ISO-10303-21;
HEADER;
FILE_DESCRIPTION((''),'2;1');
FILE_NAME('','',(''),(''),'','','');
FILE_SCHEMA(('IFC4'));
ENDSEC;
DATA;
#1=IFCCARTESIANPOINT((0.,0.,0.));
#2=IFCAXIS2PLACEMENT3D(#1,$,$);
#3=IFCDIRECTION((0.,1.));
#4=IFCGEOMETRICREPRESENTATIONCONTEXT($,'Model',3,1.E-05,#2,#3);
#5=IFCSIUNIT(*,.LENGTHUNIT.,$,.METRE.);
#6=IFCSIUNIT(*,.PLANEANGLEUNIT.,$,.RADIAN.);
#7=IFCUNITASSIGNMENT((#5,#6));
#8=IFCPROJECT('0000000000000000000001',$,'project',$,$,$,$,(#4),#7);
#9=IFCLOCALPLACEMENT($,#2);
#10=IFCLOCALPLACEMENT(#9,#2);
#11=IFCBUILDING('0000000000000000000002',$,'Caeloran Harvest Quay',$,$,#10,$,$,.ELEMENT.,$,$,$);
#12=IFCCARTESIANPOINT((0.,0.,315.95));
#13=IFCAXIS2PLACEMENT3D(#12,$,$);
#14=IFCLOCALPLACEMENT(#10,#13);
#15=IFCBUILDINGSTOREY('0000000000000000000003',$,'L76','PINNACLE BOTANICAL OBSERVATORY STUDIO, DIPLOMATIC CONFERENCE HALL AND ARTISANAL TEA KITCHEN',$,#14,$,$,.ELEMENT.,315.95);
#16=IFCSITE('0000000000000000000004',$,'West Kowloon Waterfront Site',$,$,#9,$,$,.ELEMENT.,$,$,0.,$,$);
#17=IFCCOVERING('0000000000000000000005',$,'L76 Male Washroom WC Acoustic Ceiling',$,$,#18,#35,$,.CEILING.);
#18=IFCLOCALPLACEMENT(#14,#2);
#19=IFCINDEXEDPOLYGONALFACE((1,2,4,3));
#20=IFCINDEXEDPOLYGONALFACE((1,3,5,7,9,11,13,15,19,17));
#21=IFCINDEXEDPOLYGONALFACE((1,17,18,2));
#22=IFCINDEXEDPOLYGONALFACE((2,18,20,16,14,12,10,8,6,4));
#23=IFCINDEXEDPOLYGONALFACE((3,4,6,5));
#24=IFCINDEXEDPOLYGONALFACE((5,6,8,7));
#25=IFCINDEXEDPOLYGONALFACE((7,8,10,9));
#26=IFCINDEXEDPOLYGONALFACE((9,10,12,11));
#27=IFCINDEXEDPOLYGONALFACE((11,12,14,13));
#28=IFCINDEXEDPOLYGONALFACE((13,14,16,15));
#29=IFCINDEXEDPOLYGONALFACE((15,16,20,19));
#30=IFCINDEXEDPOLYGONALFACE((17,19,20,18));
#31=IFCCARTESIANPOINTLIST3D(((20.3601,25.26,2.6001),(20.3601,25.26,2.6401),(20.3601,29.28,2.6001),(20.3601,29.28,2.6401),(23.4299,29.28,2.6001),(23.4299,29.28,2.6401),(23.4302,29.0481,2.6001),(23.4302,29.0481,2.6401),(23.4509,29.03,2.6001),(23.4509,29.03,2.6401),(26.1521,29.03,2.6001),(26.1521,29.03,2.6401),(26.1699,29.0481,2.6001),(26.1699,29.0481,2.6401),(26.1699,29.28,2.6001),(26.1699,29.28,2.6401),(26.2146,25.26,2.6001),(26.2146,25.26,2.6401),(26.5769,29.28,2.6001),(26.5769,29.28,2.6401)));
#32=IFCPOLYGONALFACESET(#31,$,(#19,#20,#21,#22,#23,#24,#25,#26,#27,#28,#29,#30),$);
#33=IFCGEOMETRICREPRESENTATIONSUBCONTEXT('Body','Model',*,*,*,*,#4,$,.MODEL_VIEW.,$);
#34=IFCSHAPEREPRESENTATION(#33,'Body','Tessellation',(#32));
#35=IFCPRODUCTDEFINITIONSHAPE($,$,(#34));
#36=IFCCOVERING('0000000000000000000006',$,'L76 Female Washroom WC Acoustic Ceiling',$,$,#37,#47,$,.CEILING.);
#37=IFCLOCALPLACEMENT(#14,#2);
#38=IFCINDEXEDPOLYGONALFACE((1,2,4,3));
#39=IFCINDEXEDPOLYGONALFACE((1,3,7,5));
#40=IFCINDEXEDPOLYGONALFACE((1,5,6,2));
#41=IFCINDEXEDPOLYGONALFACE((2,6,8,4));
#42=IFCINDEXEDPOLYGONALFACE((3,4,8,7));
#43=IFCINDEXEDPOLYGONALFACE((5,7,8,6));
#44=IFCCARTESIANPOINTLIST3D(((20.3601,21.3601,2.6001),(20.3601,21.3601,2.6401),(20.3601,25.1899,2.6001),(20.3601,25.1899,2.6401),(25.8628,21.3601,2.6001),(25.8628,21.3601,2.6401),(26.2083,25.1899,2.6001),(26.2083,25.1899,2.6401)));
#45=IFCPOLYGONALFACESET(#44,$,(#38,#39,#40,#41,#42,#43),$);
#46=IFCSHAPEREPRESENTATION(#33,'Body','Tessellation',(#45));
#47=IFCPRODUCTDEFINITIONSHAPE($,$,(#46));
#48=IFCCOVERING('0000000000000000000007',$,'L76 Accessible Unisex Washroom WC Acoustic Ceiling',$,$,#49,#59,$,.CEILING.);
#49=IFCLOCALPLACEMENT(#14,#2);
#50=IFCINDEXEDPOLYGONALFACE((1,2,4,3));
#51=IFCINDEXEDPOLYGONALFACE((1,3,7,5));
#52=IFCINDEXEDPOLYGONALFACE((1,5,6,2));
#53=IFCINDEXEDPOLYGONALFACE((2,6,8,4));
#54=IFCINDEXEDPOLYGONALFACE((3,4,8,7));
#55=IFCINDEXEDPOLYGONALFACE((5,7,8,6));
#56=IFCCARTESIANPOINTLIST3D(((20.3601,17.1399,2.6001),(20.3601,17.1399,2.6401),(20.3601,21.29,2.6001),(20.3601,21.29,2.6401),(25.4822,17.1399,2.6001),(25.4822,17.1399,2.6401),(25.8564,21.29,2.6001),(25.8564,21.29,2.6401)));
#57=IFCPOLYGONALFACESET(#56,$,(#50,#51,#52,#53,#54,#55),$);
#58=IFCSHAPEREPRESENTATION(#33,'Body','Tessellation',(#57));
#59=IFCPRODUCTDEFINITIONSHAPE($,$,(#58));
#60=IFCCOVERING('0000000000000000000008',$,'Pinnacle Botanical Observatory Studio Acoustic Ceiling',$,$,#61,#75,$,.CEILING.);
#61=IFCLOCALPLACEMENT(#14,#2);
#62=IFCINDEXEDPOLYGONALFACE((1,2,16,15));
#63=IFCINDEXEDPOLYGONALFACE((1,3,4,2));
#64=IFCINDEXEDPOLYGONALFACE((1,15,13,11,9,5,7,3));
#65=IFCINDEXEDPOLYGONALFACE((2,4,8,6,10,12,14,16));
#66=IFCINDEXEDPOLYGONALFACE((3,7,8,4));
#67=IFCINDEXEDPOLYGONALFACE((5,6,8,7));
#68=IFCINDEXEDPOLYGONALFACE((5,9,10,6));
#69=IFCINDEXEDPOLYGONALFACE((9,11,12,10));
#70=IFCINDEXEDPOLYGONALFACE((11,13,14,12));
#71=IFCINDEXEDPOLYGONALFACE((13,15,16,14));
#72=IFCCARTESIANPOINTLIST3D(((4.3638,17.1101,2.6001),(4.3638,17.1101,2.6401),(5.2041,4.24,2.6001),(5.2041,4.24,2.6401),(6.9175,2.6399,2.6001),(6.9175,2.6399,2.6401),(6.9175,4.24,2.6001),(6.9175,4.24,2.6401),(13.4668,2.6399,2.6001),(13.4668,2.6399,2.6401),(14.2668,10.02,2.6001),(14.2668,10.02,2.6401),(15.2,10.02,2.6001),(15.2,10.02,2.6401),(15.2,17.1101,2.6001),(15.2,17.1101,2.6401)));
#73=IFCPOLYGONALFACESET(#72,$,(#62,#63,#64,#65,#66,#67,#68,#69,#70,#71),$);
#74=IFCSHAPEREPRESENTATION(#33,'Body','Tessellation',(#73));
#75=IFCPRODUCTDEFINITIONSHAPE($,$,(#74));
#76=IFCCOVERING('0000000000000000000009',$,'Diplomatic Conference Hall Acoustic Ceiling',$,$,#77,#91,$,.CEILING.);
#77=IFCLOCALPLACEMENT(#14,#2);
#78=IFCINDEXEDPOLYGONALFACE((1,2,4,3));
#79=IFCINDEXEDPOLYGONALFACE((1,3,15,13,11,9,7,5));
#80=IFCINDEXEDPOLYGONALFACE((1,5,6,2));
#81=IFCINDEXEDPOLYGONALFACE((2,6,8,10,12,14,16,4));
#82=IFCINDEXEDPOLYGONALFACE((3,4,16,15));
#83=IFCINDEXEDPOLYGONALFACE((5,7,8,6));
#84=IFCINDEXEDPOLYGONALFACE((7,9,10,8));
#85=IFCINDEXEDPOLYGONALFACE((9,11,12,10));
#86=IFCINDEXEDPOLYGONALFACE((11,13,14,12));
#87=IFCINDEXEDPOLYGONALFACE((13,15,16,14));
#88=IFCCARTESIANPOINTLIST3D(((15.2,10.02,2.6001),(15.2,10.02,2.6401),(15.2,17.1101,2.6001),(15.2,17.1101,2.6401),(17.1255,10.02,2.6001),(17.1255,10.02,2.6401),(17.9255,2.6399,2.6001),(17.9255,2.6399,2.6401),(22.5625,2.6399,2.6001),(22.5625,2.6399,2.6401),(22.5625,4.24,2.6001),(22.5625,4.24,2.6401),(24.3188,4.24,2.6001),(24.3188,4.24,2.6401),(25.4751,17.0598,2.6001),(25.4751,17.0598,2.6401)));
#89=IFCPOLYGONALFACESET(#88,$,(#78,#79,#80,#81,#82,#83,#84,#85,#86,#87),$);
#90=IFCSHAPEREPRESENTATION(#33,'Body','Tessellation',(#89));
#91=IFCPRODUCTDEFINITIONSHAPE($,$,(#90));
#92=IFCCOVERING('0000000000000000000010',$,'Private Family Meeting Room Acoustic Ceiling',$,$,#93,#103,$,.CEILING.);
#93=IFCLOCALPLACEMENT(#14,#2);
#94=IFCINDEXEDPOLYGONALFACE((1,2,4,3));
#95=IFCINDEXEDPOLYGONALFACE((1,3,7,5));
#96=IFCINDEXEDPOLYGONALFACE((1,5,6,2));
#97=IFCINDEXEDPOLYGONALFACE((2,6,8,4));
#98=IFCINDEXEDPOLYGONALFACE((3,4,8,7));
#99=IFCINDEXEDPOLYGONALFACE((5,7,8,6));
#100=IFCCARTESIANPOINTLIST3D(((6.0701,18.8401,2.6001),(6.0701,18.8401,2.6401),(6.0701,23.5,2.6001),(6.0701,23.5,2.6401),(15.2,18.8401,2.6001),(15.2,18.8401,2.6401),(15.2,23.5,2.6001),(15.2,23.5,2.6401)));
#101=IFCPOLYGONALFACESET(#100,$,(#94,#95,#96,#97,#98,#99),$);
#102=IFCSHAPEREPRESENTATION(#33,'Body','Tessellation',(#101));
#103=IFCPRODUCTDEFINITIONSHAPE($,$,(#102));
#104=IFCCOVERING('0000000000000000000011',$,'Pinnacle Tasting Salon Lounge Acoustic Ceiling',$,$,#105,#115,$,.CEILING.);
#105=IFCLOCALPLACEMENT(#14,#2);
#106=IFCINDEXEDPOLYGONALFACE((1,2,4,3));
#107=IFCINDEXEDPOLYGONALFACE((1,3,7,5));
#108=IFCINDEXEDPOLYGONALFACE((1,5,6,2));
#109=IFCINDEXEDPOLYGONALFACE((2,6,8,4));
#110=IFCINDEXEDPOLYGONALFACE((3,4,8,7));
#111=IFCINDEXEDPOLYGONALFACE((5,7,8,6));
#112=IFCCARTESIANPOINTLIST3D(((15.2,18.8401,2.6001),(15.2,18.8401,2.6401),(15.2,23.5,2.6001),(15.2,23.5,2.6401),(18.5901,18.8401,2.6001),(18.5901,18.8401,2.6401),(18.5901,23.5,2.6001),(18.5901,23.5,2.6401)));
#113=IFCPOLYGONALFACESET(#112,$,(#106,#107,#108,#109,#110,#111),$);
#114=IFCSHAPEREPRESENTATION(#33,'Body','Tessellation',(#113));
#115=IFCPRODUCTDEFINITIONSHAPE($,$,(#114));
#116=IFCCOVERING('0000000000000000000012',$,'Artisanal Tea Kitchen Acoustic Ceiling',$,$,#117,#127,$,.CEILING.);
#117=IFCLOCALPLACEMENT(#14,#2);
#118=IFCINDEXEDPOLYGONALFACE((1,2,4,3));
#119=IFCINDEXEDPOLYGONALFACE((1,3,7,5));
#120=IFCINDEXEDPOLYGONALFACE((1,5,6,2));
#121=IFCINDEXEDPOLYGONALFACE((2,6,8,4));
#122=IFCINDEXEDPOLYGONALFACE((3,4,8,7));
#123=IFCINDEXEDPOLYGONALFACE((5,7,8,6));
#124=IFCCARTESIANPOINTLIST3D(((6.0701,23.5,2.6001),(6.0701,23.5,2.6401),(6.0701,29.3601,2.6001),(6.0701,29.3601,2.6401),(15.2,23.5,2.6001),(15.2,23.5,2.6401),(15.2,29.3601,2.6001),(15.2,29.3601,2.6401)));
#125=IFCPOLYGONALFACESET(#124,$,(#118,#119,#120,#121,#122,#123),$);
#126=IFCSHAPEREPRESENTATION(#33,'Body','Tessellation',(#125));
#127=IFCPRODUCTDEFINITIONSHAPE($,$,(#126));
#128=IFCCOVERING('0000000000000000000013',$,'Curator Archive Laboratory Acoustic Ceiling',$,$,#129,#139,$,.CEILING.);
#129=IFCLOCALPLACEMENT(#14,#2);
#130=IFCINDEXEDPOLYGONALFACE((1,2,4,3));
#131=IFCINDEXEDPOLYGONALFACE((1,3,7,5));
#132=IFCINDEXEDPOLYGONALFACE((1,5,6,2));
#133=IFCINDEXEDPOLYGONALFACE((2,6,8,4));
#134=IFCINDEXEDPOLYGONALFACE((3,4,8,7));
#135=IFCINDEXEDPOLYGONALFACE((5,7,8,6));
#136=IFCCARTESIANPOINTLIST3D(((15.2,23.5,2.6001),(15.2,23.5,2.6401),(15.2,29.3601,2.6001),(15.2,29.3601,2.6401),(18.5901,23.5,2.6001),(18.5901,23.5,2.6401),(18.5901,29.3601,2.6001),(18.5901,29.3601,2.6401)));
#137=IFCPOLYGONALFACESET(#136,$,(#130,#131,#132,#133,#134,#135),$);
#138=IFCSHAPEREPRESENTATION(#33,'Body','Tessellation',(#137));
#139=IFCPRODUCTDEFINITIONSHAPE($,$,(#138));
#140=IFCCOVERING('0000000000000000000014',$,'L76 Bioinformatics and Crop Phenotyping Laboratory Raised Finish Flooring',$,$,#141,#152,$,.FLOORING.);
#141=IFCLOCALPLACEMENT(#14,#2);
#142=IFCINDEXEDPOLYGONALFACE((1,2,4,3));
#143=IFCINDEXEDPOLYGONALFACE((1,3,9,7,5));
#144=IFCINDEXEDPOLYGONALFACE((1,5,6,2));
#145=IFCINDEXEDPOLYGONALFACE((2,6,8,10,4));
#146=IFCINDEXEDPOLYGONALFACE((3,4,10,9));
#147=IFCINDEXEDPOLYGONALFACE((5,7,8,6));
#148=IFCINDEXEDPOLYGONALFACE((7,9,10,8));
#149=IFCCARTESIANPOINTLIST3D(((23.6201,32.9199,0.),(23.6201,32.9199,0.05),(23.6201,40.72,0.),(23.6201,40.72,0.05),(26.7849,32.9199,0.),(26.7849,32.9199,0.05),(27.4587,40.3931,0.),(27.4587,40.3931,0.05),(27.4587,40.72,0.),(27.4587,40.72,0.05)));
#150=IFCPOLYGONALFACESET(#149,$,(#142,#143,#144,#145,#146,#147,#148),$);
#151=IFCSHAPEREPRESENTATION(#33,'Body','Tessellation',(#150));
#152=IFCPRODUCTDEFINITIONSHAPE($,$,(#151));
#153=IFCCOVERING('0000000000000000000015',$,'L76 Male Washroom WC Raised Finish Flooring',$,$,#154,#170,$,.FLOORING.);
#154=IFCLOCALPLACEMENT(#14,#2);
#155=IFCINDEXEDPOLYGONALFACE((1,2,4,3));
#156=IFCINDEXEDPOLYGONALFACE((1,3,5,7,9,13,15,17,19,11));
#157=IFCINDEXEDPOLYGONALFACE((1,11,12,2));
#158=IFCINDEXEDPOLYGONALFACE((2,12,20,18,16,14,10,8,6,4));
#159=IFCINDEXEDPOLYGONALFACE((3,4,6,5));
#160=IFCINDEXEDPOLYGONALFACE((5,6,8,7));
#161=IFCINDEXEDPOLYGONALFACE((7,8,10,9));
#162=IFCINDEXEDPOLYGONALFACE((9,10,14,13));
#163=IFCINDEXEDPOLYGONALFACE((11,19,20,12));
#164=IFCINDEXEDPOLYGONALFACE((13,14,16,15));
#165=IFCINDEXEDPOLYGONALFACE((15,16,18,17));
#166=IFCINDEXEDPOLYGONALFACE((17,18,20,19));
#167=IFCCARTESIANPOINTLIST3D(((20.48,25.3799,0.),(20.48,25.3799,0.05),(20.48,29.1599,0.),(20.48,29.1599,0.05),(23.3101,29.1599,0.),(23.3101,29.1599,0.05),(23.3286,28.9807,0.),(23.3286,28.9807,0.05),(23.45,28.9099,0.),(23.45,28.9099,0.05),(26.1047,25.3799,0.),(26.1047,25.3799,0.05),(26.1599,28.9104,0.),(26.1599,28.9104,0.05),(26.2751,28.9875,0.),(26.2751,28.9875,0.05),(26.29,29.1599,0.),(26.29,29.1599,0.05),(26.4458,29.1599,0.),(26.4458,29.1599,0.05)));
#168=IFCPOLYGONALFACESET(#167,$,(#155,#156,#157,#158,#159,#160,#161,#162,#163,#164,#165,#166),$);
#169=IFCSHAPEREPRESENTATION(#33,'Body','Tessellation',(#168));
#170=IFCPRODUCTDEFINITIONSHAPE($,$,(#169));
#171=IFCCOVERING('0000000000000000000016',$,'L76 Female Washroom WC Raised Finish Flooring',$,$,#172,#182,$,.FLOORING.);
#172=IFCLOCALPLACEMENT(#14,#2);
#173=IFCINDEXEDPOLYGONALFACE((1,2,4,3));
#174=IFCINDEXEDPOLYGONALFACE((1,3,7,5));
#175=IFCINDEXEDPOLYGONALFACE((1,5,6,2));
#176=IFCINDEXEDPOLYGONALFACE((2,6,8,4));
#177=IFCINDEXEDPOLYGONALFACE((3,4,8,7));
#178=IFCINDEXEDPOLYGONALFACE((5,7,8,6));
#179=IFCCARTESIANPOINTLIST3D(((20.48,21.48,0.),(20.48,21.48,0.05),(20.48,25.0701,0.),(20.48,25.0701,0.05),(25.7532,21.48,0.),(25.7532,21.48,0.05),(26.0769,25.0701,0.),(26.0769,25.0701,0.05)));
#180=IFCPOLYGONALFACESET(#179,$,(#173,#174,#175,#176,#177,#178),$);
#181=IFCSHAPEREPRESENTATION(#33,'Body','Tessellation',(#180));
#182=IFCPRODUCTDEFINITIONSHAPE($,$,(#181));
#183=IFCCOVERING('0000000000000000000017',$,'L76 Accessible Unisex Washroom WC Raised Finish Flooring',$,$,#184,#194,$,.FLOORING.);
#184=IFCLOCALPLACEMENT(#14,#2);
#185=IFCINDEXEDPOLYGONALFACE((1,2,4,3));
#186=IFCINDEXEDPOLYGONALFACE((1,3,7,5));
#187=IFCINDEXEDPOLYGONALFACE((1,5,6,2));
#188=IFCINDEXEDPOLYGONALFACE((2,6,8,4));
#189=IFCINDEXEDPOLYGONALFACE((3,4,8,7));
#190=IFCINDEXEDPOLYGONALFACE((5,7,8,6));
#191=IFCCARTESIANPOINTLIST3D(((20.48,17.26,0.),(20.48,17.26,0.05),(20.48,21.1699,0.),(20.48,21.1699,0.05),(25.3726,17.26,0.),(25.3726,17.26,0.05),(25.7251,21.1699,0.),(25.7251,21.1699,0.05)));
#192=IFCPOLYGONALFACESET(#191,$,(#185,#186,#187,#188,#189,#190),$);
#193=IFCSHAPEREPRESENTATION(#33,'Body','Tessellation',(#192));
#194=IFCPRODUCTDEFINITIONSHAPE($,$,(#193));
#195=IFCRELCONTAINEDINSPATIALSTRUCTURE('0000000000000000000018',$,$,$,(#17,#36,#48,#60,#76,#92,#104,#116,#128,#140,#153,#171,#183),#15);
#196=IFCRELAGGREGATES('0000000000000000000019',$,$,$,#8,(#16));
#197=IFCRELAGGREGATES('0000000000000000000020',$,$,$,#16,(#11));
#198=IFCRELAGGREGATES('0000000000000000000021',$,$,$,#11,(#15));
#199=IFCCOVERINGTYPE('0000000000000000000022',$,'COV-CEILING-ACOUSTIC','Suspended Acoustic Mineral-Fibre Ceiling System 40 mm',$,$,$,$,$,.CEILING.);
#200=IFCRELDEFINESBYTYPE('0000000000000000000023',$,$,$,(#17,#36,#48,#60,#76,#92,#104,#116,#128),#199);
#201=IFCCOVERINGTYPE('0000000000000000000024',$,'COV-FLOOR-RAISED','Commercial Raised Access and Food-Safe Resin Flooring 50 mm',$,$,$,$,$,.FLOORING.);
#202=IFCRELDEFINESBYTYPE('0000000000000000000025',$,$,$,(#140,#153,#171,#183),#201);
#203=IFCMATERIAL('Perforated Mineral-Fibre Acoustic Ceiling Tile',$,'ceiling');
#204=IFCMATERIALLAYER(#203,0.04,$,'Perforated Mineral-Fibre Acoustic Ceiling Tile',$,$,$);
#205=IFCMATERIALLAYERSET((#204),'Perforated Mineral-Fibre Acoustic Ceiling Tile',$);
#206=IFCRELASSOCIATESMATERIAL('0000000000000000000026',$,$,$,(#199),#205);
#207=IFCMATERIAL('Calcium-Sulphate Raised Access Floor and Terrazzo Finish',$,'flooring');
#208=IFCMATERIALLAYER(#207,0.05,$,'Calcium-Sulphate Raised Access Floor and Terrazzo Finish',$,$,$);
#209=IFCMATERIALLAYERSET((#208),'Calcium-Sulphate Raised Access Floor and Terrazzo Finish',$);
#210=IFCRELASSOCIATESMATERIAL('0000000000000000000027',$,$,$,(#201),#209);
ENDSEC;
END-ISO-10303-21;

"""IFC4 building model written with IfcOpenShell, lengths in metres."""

from ifc_helpers import new_model, si_unit, direction, frame, origin, place, context, subcontext, project, spatial, polyline, outline, extrude, material, layer, layer_set, type_object, element, save


model = new_model("IFC4")

# Units and contexts
model_context = context("Model", 3, precision=1e-05, world=origin(), true_north=direction((0.0, 1.0)))
body_context = subcontext(model_context, "Body", "Model", "MODEL_VIEW")
ifc_project = project(units=[si_unit("LENGTHUNIT", "METRE"), si_unit("PLANEANGLEUNIT", "RADIAN")], contexts=[model_context])

# Site, building, storey
site_placement = place(None, origin())
site = spatial("IfcSite", under=ifc_project, at=site_placement, Name="West Kowloon Waterfront Site", CompositionType="ELEMENT", RefElevation=0.0)
building_placement = place(site_placement, origin())
building = spatial("IfcBuilding", under=site, at=building_placement, Name="Caeloran Harvest Quay", CompositionType="ELEMENT")
storey_placement = place(building_placement, frame((0.0, 0.0, 315.95)))
storey = spatial("IfcBuildingStorey", under=building, at=storey_placement, Name="L76", Description="PINNACLE BOTANICAL OBSERVATORY STUDIO, DIPLOMATIC CONFERENCE HALL AND ARTISANAL TEA KITCHEN", CompositionType="ELEMENT", Elevation=315.95)

# Coverings
ifc_material_1 = material(Name="Perforated Mineral-Fibre Acoustic Ceiling Tile", Category="ceiling")
ifc_layer_1 = layer(ifc_material_1, 0.04, Name="Perforated Mineral-Fibre Acoustic Ceiling Tile")
ifc_layer_set_1 = layer_set([ifc_layer_1], Name="Perforated Mineral-Fibre Acoustic Ceiling Tile")
covering_type_1 = type_object("IfcCoveringType", Name="COV-CEILING-ACOUSTIC", Description="Suspended Acoustic Mineral-Fibre Ceiling System 40 mm", PredefinedType="CEILING", material=ifc_layer_set_1)
covering_1_placement = place(storey_placement, frame((0.0, 0.0, 2.6001)))
element("IfcCovering", 1, at=covering_1_placement, inside=storey, type_object=covering_type_1, Name="L76 Male Washroom WC Acoustic Ceiling", PredefinedType="CEILING", context=body_context, shape_type="SweptSolid", body=[
    extrude(outline(polyline([(23.4299, 29.28), (23.4302, 29.0481), (23.4509, 29.03), (26.1521, 29.03), (26.1699, 29.0481), (26.1699, 29.28), (26.5769, 29.28), (26.2146, 25.26), (20.3601, 25.26), (20.3601, 29.28), (23.4299, 29.28)])), origin(), (0.0, 0.0, 1.0), 0.04),
])
covering_2_placement = place(storey_placement, frame((0.0, 0.0, 2.6001)))
element("IfcCovering", 2, at=covering_2_placement, inside=storey, type_object=covering_type_1, Name="L76 Female Washroom WC Acoustic Ceiling", PredefinedType="CEILING", context=body_context, shape_type="SweptSolid", body=[
    extrude(outline(polyline([(26.2083, 25.1899), (25.8628, 21.3601), (20.3601, 21.3601), (20.3601, 25.1899), (26.2083, 25.1899)])), origin(), (0.0, 0.0, 1.0), 0.04),
])
covering_3_placement = place(storey_placement, frame((0.0, 0.0, 2.6001)))
element("IfcCovering", 3, at=covering_3_placement, inside=storey, type_object=covering_type_1, Name="L76 Accessible Unisex Washroom WC Acoustic Ceiling", PredefinedType="CEILING", context=body_context, shape_type="SweptSolid", body=[
    extrude(outline(polyline([(25.8564, 21.29), (25.4822, 17.1399), (20.3601, 17.1399), (20.3601, 21.29), (25.8564, 21.29)])), origin(), (0.0, 0.0, 1.0), 0.04),
])
covering_4_placement = place(storey_placement, frame((0.0, 0.0, 2.6001)))
element("IfcCovering", 4, at=covering_4_placement, inside=storey, type_object=covering_type_1, Name="Pinnacle Botanical Observatory Studio Acoustic Ceiling", PredefinedType="CEILING", context=body_context, shape_type="SweptSolid", body=[
    extrude(outline(polyline([(14.2668, 10.02), (13.4668, 2.6399), (6.9175, 2.6399), (6.9175, 4.24), (5.2041, 4.24), (4.3638, 17.1101), (15.2, 17.1101), (15.2, 10.02), (14.2668, 10.02)])), origin(), (0.0, 0.0, 1.0), 0.04),
])
covering_5_placement = place(storey_placement, frame((0.0, 0.0, 2.6001)))
element("IfcCovering", 5, at=covering_5_placement, inside=storey, type_object=covering_type_1, Name="Diplomatic Conference Hall Acoustic Ceiling", PredefinedType="CEILING", context=body_context, shape_type="SweptSolid", body=[
    extrude(outline(polyline([(22.5625, 4.24), (22.5625, 2.6399), (17.9255, 2.6399), (17.1255, 10.02), (15.2, 10.02), (15.2, 17.1101), (25.4751, 17.0598), (24.3188, 4.24), (22.5625, 4.24)])), origin(), (0.0, 0.0, 1.0), 0.04),
])
covering_6_placement = place(storey_placement, frame((0.0, 0.0, 2.6001)))
element("IfcCovering", 6, at=covering_6_placement, inside=storey, type_object=covering_type_1, Name="Private Family Meeting Room Acoustic Ceiling", PredefinedType="CEILING", context=body_context, shape_type="SweptSolid", body=[
    extrude(outline(polyline([(6.0701, 18.8401), (6.0701, 23.5), (15.2, 23.5), (15.2, 18.8401), (6.0701, 18.8401)])), origin(), (0.0, 0.0, 1.0), 0.04),
])
covering_7_placement = place(storey_placement, frame((0.0, 0.0, 2.6001)))
element("IfcCovering", 7, at=covering_7_placement, inside=storey, type_object=covering_type_1, Name="Pinnacle Tasting Salon Lounge Acoustic Ceiling", PredefinedType="CEILING", context=body_context, shape_type="SweptSolid", body=[
    extrude(outline(polyline([(18.5901, 23.5), (18.5901, 18.8401), (15.2, 18.8401), (15.2, 23.5), (18.5901, 23.5)])), origin(), (0.0, 0.0, 1.0), 0.04),
])
covering_8_placement = place(storey_placement, frame((0.0, 0.0, 2.6001)))
element("IfcCovering", 8, at=covering_8_placement, inside=storey, type_object=covering_type_1, Name="Artisanal Tea Kitchen Acoustic Ceiling", PredefinedType="CEILING", context=body_context, shape_type="SweptSolid", body=[
    extrude(outline(polyline([(6.0701, 29.3601), (15.2, 29.3601), (15.2, 23.5), (6.0701, 23.5), (6.0701, 29.3601)])), origin(), (0.0, 0.0, 1.0), 0.04),
])
covering_9_placement = place(storey_placement, frame((0.0, 0.0, 2.6001)))
element("IfcCovering", 9, at=covering_9_placement, inside=storey, type_object=covering_type_1, Name="Curator Archive Laboratory Acoustic Ceiling", PredefinedType="CEILING", context=body_context, shape_type="SweptSolid", body=[
    extrude(outline(polyline([(15.2, 29.3601), (18.5901, 29.3601), (18.5901, 23.5), (15.2, 23.5), (15.2, 29.3601)])), origin(), (0.0, 0.0, 1.0), 0.04),
])
ifc_material_2 = material(Name="Calcium-Sulphate Raised Access Floor and Terrazzo Finish", Category="flooring")
ifc_layer_2 = layer(ifc_material_2, 0.05, Name="Calcium-Sulphate Raised Access Floor and Terrazzo Finish")
ifc_layer_set_2 = layer_set([ifc_layer_2], Name="Calcium-Sulphate Raised Access Floor and Terrazzo Finish")
covering_type_2 = type_object("IfcCoveringType", Name="COV-FLOOR-RAISED", Description="Commercial Raised Access and Food-Safe Resin Flooring 50 mm", PredefinedType="FLOORING", material=ifc_layer_set_2)
covering_10_placement = place(storey_placement, origin())
element("IfcCovering", 10, at=covering_10_placement, inside=storey, type_object=covering_type_2, Name="L76 Bioinformatics and Crop Phenotyping Laboratory Raised Finish Flooring", PredefinedType="FLOORING", context=body_context, shape_type="SweptSolid", body=[
    extrude(outline(polyline([(27.4587, 40.3931), (26.7849, 32.9199), (23.6201, 32.9199), (23.6201, 40.72), (27.4587, 40.72), (27.4587, 40.3931)])), origin(), (0.0, 0.0, 1.0), 0.05),
])
covering_11_placement = place(storey_placement, origin())
element("IfcCovering", 11, at=covering_11_placement, inside=storey, type_object=covering_type_2, Name="L76 Male Washroom WC Raised Finish Flooring", PredefinedType="FLOORING", context=body_context, shape_type="SweptSolid", body=[
    extrude(outline(polyline([(23.3101, 29.1599), (23.3286, 28.9807), (23.45, 28.9099), (26.1599, 28.9104), (26.2751, 28.9875), (26.29, 29.1599), (26.4458, 29.1599), (26.1047, 25.3799), (20.48, 25.3799), (20.48, 29.1599), (23.3101, 29.1599)])), origin(), (0.0, 0.0, 1.0), 0.05),
])
covering_12_placement = place(storey_placement, origin())
element("IfcCovering", 12, at=covering_12_placement, inside=storey, type_object=covering_type_2, Name="L76 Female Washroom WC Raised Finish Flooring", PredefinedType="FLOORING", context=body_context, shape_type="SweptSolid", body=[
    extrude(outline(polyline([(26.0769, 25.0701), (25.7532, 21.48), (20.48, 21.48), (20.48, 25.0701), (26.0769, 25.0701)])), origin(), (0.0, 0.0, 1.0), 0.05),
])
covering_13_placement = place(storey_placement, origin())
element("IfcCovering", 13, at=covering_13_placement, inside=storey, type_object=covering_type_2, Name="L76 Accessible Unisex Washroom WC Raised Finish Flooring", PredefinedType="FLOORING", context=body_context, shape_type="SweptSolid", body=[
    extrude(outline(polyline([(25.7251, 21.1699), (25.3726, 17.26), (20.48, 17.26), (20.48, 21.1699), (25.7251, 21.1699)])), origin(), (0.0, 0.0, 1.0), 0.05),
])

save(model, "model.ifc")
